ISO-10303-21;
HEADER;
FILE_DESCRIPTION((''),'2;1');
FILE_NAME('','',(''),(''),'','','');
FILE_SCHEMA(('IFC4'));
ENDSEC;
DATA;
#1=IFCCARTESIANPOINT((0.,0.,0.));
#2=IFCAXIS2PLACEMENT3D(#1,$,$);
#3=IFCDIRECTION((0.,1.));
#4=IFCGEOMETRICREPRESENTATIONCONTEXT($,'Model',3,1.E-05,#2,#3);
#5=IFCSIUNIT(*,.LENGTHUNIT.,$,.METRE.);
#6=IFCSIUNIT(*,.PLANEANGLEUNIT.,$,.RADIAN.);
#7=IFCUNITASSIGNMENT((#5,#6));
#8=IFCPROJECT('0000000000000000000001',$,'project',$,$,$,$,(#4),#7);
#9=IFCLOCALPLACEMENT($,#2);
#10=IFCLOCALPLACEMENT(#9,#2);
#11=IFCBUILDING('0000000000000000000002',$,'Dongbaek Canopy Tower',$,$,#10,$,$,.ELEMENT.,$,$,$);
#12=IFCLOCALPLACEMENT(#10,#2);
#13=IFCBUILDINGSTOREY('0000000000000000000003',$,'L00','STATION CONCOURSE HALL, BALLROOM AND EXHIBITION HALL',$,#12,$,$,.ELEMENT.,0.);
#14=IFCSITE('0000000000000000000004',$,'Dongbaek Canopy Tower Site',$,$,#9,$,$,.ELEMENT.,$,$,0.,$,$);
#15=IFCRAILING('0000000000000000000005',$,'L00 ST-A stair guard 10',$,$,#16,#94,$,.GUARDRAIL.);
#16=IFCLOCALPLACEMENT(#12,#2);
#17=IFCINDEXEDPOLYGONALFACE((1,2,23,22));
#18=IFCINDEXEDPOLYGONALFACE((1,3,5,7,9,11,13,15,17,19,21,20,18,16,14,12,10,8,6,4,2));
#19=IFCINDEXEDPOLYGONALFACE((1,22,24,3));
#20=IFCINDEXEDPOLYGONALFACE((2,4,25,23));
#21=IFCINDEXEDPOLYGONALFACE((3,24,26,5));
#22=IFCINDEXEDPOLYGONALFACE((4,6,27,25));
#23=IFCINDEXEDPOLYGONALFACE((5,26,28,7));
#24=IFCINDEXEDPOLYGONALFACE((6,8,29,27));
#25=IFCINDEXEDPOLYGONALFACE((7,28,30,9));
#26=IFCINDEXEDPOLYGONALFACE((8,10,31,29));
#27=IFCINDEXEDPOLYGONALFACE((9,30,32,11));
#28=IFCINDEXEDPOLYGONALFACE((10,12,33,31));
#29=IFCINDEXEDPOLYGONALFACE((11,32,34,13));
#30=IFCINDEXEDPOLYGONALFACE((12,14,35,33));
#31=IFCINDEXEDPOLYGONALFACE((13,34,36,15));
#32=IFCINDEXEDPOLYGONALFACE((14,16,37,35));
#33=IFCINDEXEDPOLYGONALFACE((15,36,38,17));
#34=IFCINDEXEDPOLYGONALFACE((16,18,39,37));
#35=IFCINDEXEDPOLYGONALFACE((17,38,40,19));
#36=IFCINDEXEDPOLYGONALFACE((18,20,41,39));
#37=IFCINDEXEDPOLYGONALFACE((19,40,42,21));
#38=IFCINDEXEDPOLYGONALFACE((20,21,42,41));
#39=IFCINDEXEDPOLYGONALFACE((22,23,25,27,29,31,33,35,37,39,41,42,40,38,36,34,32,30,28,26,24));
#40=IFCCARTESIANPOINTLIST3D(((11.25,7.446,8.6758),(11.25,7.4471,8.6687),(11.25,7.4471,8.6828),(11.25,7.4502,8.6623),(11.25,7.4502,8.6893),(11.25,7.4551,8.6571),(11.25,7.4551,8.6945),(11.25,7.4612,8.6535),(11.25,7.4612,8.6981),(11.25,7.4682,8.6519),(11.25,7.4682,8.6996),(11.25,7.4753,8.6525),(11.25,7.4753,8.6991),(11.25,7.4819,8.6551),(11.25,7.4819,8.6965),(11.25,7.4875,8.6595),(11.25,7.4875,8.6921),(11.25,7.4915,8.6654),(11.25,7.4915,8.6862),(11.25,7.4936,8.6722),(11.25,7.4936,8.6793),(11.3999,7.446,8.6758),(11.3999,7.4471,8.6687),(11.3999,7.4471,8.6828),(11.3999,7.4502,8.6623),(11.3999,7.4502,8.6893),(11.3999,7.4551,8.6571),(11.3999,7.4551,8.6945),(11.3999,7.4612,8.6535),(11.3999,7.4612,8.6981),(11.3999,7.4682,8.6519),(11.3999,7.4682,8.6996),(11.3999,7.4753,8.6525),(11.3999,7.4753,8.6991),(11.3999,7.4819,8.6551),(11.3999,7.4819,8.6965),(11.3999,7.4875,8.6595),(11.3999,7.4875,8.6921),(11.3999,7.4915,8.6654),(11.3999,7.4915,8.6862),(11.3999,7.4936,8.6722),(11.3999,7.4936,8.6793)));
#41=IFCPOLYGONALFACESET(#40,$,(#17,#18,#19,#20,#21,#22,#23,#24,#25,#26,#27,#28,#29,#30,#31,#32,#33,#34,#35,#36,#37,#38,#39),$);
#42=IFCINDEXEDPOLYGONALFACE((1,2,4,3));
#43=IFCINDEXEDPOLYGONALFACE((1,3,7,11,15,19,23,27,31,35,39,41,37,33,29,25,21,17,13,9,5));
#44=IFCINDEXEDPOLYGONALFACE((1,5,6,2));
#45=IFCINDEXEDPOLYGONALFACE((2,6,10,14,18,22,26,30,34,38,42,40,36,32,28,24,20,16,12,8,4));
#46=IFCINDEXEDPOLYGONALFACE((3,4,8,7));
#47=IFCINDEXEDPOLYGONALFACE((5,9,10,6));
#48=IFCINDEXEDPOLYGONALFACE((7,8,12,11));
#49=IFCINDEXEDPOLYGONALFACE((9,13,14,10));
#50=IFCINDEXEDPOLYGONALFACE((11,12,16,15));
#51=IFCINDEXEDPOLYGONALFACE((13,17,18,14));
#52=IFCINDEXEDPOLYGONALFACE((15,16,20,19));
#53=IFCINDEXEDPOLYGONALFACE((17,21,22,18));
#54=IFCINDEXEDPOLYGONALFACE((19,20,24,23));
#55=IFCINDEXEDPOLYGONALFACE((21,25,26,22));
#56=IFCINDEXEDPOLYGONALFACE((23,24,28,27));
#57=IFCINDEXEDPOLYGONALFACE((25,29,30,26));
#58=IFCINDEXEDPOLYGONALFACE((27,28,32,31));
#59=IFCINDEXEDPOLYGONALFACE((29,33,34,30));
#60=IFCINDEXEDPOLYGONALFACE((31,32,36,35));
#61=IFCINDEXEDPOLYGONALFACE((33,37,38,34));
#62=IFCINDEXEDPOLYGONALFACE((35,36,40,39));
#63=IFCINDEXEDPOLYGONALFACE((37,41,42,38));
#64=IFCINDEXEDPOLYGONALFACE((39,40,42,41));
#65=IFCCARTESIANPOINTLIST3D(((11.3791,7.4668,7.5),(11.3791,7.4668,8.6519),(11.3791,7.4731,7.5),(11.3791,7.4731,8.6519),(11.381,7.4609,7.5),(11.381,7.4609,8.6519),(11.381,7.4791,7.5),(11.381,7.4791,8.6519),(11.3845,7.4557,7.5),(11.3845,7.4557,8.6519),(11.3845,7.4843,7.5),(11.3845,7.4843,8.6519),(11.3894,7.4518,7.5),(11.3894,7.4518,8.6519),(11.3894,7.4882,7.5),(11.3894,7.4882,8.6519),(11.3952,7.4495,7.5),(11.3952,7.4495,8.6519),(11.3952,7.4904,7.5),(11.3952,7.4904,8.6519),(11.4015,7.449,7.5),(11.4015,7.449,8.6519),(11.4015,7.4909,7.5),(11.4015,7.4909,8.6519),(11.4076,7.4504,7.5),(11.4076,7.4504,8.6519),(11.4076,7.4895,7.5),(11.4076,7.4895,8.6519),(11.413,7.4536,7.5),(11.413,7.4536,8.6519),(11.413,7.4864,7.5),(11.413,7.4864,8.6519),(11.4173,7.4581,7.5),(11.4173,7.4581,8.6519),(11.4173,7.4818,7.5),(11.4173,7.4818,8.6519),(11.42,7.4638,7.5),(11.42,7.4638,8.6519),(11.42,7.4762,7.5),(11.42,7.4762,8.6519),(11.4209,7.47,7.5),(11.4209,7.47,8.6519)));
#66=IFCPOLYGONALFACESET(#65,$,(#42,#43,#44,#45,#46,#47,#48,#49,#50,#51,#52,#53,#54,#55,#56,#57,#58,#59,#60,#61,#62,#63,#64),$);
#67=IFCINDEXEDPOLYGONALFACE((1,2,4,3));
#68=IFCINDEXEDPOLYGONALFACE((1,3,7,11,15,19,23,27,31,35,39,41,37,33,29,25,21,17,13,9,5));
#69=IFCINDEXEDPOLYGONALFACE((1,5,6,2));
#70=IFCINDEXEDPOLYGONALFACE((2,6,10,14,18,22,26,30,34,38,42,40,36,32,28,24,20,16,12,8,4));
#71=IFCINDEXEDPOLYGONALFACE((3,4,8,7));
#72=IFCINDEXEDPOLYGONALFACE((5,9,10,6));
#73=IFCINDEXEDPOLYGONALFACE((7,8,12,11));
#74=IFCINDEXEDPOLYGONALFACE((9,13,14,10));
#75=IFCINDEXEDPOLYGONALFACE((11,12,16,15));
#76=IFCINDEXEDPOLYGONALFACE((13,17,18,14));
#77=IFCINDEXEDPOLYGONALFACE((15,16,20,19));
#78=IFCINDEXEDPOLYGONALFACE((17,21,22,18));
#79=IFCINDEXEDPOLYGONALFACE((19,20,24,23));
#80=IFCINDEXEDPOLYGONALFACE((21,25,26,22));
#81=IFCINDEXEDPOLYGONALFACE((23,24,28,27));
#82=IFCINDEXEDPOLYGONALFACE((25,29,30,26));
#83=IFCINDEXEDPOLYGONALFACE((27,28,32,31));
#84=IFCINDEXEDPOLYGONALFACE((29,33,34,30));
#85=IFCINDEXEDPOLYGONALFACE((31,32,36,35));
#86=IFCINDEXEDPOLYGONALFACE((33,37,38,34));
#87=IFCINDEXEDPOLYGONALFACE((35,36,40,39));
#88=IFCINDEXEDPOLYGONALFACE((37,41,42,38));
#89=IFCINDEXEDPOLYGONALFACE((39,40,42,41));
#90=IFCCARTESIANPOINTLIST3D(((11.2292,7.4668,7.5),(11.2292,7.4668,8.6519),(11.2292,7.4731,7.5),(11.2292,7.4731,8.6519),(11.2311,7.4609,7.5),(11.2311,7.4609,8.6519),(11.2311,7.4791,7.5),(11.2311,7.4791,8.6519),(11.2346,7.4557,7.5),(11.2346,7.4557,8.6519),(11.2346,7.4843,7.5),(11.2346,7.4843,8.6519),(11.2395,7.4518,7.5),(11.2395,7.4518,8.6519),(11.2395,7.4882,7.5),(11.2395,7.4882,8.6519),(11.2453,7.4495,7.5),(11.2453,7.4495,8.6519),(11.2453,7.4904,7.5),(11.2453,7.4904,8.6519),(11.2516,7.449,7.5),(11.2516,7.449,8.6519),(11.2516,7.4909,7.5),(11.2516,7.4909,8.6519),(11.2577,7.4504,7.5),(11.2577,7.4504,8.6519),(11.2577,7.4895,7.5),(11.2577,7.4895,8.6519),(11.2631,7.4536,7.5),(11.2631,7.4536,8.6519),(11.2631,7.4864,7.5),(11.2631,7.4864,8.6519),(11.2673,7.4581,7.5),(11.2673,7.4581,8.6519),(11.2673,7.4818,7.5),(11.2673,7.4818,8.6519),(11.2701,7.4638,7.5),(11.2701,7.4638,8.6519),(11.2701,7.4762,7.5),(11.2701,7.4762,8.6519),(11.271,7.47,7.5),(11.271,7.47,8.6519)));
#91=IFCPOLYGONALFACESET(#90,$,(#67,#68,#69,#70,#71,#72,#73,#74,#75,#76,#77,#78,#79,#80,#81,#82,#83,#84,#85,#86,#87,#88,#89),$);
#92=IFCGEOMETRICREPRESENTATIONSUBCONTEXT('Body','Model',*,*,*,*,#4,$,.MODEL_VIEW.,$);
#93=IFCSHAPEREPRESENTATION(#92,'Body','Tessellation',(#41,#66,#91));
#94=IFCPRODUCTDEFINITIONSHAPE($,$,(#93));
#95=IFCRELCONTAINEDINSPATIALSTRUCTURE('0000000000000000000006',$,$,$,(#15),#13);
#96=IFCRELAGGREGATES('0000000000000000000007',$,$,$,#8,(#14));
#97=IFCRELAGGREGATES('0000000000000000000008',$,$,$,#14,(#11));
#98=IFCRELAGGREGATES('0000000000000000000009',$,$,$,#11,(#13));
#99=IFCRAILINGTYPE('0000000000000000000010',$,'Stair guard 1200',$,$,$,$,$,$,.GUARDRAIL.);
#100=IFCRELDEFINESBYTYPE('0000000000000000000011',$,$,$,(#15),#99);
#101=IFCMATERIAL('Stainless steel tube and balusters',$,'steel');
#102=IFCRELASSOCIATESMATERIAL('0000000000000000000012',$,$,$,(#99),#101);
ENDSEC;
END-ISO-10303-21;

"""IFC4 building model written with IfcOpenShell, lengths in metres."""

from ifc_helpers import new_model, si_unit, direction, frame, origin, origin_2d, place, context, subcontext, project, spatial, circle, extrude, material, type_object, element, save


model = new_model("IFC4")

# Units and contexts
model_context = context("Model", 3, precision=1e-05, world=origin(), true_north=direction((0.0, 1.0)))
body_context = subcontext(model_context, "Body", "Model", "MODEL_VIEW")
ifc_project = project(units=[si_unit("LENGTHUNIT", "METRE"), si_unit("PLANEANGLEUNIT", "RADIAN")], contexts=[model_context])

# Site, building, storey
site_placement = place(None, origin())
site = spatial("IfcSite", under=ifc_project, at=site_placement, Name="Dongbaek Canopy Tower Site", CompositionType="ELEMENT", RefElevation=0.0)
building_placement = place(site_placement, origin())
building = spatial("IfcBuilding", under=site, at=building_placement, Name="Dongbaek Canopy Tower", CompositionType="ELEMENT")
storey_placement = place(building_placement, origin())
storey = spatial("IfcBuildingStorey", under=building, at=storey_placement, Name="L00", Description="STATION CONCOURSE HALL, BALLROOM AND EXHIBITION HALL", CompositionType="ELEMENT", Elevation=0.0)

# Railing
ifc_material_1 = material(Name="Stainless steel tube and balusters", Category="steel")
railing_type_1 = type_object("IfcRailingType", Name="Stair guard 1200", PredefinedType="GUARDRAIL", material=ifc_material_1)
railing_1_placement = place(storey_placement, frame((11.3999, 7.47, 7.5)))
element("IfcRailing", 1, at=railing_1_placement, inside=storey, type_object=railing_type_1, Name="L00 ST-A stair guard 10", PredefinedType="GUARDRAIL", context=body_context, shape_type="SweptSolid", body=[
    extrude(circle(Radius=0.0239, at=origin_2d()), frame((0.0, 0.0, 1.1758), z_axis=(-1.0, 0.0, 0.0), x_axis=(0.0, -1.0, 0.0)), (0.0, 0.0, 1.0), 0.1499),
    extrude(circle(Radius=0.021, at=origin_2d()), origin(), (0.0, 0.0, 1.0), 1.1519),
    extrude(circle(Radius=0.021, at=origin_2d()), frame((-0.1499, 0.0, 0.0)), (0.0, 0.0, 1.0), 1.1519),
])

save(model, "model.ifc")
